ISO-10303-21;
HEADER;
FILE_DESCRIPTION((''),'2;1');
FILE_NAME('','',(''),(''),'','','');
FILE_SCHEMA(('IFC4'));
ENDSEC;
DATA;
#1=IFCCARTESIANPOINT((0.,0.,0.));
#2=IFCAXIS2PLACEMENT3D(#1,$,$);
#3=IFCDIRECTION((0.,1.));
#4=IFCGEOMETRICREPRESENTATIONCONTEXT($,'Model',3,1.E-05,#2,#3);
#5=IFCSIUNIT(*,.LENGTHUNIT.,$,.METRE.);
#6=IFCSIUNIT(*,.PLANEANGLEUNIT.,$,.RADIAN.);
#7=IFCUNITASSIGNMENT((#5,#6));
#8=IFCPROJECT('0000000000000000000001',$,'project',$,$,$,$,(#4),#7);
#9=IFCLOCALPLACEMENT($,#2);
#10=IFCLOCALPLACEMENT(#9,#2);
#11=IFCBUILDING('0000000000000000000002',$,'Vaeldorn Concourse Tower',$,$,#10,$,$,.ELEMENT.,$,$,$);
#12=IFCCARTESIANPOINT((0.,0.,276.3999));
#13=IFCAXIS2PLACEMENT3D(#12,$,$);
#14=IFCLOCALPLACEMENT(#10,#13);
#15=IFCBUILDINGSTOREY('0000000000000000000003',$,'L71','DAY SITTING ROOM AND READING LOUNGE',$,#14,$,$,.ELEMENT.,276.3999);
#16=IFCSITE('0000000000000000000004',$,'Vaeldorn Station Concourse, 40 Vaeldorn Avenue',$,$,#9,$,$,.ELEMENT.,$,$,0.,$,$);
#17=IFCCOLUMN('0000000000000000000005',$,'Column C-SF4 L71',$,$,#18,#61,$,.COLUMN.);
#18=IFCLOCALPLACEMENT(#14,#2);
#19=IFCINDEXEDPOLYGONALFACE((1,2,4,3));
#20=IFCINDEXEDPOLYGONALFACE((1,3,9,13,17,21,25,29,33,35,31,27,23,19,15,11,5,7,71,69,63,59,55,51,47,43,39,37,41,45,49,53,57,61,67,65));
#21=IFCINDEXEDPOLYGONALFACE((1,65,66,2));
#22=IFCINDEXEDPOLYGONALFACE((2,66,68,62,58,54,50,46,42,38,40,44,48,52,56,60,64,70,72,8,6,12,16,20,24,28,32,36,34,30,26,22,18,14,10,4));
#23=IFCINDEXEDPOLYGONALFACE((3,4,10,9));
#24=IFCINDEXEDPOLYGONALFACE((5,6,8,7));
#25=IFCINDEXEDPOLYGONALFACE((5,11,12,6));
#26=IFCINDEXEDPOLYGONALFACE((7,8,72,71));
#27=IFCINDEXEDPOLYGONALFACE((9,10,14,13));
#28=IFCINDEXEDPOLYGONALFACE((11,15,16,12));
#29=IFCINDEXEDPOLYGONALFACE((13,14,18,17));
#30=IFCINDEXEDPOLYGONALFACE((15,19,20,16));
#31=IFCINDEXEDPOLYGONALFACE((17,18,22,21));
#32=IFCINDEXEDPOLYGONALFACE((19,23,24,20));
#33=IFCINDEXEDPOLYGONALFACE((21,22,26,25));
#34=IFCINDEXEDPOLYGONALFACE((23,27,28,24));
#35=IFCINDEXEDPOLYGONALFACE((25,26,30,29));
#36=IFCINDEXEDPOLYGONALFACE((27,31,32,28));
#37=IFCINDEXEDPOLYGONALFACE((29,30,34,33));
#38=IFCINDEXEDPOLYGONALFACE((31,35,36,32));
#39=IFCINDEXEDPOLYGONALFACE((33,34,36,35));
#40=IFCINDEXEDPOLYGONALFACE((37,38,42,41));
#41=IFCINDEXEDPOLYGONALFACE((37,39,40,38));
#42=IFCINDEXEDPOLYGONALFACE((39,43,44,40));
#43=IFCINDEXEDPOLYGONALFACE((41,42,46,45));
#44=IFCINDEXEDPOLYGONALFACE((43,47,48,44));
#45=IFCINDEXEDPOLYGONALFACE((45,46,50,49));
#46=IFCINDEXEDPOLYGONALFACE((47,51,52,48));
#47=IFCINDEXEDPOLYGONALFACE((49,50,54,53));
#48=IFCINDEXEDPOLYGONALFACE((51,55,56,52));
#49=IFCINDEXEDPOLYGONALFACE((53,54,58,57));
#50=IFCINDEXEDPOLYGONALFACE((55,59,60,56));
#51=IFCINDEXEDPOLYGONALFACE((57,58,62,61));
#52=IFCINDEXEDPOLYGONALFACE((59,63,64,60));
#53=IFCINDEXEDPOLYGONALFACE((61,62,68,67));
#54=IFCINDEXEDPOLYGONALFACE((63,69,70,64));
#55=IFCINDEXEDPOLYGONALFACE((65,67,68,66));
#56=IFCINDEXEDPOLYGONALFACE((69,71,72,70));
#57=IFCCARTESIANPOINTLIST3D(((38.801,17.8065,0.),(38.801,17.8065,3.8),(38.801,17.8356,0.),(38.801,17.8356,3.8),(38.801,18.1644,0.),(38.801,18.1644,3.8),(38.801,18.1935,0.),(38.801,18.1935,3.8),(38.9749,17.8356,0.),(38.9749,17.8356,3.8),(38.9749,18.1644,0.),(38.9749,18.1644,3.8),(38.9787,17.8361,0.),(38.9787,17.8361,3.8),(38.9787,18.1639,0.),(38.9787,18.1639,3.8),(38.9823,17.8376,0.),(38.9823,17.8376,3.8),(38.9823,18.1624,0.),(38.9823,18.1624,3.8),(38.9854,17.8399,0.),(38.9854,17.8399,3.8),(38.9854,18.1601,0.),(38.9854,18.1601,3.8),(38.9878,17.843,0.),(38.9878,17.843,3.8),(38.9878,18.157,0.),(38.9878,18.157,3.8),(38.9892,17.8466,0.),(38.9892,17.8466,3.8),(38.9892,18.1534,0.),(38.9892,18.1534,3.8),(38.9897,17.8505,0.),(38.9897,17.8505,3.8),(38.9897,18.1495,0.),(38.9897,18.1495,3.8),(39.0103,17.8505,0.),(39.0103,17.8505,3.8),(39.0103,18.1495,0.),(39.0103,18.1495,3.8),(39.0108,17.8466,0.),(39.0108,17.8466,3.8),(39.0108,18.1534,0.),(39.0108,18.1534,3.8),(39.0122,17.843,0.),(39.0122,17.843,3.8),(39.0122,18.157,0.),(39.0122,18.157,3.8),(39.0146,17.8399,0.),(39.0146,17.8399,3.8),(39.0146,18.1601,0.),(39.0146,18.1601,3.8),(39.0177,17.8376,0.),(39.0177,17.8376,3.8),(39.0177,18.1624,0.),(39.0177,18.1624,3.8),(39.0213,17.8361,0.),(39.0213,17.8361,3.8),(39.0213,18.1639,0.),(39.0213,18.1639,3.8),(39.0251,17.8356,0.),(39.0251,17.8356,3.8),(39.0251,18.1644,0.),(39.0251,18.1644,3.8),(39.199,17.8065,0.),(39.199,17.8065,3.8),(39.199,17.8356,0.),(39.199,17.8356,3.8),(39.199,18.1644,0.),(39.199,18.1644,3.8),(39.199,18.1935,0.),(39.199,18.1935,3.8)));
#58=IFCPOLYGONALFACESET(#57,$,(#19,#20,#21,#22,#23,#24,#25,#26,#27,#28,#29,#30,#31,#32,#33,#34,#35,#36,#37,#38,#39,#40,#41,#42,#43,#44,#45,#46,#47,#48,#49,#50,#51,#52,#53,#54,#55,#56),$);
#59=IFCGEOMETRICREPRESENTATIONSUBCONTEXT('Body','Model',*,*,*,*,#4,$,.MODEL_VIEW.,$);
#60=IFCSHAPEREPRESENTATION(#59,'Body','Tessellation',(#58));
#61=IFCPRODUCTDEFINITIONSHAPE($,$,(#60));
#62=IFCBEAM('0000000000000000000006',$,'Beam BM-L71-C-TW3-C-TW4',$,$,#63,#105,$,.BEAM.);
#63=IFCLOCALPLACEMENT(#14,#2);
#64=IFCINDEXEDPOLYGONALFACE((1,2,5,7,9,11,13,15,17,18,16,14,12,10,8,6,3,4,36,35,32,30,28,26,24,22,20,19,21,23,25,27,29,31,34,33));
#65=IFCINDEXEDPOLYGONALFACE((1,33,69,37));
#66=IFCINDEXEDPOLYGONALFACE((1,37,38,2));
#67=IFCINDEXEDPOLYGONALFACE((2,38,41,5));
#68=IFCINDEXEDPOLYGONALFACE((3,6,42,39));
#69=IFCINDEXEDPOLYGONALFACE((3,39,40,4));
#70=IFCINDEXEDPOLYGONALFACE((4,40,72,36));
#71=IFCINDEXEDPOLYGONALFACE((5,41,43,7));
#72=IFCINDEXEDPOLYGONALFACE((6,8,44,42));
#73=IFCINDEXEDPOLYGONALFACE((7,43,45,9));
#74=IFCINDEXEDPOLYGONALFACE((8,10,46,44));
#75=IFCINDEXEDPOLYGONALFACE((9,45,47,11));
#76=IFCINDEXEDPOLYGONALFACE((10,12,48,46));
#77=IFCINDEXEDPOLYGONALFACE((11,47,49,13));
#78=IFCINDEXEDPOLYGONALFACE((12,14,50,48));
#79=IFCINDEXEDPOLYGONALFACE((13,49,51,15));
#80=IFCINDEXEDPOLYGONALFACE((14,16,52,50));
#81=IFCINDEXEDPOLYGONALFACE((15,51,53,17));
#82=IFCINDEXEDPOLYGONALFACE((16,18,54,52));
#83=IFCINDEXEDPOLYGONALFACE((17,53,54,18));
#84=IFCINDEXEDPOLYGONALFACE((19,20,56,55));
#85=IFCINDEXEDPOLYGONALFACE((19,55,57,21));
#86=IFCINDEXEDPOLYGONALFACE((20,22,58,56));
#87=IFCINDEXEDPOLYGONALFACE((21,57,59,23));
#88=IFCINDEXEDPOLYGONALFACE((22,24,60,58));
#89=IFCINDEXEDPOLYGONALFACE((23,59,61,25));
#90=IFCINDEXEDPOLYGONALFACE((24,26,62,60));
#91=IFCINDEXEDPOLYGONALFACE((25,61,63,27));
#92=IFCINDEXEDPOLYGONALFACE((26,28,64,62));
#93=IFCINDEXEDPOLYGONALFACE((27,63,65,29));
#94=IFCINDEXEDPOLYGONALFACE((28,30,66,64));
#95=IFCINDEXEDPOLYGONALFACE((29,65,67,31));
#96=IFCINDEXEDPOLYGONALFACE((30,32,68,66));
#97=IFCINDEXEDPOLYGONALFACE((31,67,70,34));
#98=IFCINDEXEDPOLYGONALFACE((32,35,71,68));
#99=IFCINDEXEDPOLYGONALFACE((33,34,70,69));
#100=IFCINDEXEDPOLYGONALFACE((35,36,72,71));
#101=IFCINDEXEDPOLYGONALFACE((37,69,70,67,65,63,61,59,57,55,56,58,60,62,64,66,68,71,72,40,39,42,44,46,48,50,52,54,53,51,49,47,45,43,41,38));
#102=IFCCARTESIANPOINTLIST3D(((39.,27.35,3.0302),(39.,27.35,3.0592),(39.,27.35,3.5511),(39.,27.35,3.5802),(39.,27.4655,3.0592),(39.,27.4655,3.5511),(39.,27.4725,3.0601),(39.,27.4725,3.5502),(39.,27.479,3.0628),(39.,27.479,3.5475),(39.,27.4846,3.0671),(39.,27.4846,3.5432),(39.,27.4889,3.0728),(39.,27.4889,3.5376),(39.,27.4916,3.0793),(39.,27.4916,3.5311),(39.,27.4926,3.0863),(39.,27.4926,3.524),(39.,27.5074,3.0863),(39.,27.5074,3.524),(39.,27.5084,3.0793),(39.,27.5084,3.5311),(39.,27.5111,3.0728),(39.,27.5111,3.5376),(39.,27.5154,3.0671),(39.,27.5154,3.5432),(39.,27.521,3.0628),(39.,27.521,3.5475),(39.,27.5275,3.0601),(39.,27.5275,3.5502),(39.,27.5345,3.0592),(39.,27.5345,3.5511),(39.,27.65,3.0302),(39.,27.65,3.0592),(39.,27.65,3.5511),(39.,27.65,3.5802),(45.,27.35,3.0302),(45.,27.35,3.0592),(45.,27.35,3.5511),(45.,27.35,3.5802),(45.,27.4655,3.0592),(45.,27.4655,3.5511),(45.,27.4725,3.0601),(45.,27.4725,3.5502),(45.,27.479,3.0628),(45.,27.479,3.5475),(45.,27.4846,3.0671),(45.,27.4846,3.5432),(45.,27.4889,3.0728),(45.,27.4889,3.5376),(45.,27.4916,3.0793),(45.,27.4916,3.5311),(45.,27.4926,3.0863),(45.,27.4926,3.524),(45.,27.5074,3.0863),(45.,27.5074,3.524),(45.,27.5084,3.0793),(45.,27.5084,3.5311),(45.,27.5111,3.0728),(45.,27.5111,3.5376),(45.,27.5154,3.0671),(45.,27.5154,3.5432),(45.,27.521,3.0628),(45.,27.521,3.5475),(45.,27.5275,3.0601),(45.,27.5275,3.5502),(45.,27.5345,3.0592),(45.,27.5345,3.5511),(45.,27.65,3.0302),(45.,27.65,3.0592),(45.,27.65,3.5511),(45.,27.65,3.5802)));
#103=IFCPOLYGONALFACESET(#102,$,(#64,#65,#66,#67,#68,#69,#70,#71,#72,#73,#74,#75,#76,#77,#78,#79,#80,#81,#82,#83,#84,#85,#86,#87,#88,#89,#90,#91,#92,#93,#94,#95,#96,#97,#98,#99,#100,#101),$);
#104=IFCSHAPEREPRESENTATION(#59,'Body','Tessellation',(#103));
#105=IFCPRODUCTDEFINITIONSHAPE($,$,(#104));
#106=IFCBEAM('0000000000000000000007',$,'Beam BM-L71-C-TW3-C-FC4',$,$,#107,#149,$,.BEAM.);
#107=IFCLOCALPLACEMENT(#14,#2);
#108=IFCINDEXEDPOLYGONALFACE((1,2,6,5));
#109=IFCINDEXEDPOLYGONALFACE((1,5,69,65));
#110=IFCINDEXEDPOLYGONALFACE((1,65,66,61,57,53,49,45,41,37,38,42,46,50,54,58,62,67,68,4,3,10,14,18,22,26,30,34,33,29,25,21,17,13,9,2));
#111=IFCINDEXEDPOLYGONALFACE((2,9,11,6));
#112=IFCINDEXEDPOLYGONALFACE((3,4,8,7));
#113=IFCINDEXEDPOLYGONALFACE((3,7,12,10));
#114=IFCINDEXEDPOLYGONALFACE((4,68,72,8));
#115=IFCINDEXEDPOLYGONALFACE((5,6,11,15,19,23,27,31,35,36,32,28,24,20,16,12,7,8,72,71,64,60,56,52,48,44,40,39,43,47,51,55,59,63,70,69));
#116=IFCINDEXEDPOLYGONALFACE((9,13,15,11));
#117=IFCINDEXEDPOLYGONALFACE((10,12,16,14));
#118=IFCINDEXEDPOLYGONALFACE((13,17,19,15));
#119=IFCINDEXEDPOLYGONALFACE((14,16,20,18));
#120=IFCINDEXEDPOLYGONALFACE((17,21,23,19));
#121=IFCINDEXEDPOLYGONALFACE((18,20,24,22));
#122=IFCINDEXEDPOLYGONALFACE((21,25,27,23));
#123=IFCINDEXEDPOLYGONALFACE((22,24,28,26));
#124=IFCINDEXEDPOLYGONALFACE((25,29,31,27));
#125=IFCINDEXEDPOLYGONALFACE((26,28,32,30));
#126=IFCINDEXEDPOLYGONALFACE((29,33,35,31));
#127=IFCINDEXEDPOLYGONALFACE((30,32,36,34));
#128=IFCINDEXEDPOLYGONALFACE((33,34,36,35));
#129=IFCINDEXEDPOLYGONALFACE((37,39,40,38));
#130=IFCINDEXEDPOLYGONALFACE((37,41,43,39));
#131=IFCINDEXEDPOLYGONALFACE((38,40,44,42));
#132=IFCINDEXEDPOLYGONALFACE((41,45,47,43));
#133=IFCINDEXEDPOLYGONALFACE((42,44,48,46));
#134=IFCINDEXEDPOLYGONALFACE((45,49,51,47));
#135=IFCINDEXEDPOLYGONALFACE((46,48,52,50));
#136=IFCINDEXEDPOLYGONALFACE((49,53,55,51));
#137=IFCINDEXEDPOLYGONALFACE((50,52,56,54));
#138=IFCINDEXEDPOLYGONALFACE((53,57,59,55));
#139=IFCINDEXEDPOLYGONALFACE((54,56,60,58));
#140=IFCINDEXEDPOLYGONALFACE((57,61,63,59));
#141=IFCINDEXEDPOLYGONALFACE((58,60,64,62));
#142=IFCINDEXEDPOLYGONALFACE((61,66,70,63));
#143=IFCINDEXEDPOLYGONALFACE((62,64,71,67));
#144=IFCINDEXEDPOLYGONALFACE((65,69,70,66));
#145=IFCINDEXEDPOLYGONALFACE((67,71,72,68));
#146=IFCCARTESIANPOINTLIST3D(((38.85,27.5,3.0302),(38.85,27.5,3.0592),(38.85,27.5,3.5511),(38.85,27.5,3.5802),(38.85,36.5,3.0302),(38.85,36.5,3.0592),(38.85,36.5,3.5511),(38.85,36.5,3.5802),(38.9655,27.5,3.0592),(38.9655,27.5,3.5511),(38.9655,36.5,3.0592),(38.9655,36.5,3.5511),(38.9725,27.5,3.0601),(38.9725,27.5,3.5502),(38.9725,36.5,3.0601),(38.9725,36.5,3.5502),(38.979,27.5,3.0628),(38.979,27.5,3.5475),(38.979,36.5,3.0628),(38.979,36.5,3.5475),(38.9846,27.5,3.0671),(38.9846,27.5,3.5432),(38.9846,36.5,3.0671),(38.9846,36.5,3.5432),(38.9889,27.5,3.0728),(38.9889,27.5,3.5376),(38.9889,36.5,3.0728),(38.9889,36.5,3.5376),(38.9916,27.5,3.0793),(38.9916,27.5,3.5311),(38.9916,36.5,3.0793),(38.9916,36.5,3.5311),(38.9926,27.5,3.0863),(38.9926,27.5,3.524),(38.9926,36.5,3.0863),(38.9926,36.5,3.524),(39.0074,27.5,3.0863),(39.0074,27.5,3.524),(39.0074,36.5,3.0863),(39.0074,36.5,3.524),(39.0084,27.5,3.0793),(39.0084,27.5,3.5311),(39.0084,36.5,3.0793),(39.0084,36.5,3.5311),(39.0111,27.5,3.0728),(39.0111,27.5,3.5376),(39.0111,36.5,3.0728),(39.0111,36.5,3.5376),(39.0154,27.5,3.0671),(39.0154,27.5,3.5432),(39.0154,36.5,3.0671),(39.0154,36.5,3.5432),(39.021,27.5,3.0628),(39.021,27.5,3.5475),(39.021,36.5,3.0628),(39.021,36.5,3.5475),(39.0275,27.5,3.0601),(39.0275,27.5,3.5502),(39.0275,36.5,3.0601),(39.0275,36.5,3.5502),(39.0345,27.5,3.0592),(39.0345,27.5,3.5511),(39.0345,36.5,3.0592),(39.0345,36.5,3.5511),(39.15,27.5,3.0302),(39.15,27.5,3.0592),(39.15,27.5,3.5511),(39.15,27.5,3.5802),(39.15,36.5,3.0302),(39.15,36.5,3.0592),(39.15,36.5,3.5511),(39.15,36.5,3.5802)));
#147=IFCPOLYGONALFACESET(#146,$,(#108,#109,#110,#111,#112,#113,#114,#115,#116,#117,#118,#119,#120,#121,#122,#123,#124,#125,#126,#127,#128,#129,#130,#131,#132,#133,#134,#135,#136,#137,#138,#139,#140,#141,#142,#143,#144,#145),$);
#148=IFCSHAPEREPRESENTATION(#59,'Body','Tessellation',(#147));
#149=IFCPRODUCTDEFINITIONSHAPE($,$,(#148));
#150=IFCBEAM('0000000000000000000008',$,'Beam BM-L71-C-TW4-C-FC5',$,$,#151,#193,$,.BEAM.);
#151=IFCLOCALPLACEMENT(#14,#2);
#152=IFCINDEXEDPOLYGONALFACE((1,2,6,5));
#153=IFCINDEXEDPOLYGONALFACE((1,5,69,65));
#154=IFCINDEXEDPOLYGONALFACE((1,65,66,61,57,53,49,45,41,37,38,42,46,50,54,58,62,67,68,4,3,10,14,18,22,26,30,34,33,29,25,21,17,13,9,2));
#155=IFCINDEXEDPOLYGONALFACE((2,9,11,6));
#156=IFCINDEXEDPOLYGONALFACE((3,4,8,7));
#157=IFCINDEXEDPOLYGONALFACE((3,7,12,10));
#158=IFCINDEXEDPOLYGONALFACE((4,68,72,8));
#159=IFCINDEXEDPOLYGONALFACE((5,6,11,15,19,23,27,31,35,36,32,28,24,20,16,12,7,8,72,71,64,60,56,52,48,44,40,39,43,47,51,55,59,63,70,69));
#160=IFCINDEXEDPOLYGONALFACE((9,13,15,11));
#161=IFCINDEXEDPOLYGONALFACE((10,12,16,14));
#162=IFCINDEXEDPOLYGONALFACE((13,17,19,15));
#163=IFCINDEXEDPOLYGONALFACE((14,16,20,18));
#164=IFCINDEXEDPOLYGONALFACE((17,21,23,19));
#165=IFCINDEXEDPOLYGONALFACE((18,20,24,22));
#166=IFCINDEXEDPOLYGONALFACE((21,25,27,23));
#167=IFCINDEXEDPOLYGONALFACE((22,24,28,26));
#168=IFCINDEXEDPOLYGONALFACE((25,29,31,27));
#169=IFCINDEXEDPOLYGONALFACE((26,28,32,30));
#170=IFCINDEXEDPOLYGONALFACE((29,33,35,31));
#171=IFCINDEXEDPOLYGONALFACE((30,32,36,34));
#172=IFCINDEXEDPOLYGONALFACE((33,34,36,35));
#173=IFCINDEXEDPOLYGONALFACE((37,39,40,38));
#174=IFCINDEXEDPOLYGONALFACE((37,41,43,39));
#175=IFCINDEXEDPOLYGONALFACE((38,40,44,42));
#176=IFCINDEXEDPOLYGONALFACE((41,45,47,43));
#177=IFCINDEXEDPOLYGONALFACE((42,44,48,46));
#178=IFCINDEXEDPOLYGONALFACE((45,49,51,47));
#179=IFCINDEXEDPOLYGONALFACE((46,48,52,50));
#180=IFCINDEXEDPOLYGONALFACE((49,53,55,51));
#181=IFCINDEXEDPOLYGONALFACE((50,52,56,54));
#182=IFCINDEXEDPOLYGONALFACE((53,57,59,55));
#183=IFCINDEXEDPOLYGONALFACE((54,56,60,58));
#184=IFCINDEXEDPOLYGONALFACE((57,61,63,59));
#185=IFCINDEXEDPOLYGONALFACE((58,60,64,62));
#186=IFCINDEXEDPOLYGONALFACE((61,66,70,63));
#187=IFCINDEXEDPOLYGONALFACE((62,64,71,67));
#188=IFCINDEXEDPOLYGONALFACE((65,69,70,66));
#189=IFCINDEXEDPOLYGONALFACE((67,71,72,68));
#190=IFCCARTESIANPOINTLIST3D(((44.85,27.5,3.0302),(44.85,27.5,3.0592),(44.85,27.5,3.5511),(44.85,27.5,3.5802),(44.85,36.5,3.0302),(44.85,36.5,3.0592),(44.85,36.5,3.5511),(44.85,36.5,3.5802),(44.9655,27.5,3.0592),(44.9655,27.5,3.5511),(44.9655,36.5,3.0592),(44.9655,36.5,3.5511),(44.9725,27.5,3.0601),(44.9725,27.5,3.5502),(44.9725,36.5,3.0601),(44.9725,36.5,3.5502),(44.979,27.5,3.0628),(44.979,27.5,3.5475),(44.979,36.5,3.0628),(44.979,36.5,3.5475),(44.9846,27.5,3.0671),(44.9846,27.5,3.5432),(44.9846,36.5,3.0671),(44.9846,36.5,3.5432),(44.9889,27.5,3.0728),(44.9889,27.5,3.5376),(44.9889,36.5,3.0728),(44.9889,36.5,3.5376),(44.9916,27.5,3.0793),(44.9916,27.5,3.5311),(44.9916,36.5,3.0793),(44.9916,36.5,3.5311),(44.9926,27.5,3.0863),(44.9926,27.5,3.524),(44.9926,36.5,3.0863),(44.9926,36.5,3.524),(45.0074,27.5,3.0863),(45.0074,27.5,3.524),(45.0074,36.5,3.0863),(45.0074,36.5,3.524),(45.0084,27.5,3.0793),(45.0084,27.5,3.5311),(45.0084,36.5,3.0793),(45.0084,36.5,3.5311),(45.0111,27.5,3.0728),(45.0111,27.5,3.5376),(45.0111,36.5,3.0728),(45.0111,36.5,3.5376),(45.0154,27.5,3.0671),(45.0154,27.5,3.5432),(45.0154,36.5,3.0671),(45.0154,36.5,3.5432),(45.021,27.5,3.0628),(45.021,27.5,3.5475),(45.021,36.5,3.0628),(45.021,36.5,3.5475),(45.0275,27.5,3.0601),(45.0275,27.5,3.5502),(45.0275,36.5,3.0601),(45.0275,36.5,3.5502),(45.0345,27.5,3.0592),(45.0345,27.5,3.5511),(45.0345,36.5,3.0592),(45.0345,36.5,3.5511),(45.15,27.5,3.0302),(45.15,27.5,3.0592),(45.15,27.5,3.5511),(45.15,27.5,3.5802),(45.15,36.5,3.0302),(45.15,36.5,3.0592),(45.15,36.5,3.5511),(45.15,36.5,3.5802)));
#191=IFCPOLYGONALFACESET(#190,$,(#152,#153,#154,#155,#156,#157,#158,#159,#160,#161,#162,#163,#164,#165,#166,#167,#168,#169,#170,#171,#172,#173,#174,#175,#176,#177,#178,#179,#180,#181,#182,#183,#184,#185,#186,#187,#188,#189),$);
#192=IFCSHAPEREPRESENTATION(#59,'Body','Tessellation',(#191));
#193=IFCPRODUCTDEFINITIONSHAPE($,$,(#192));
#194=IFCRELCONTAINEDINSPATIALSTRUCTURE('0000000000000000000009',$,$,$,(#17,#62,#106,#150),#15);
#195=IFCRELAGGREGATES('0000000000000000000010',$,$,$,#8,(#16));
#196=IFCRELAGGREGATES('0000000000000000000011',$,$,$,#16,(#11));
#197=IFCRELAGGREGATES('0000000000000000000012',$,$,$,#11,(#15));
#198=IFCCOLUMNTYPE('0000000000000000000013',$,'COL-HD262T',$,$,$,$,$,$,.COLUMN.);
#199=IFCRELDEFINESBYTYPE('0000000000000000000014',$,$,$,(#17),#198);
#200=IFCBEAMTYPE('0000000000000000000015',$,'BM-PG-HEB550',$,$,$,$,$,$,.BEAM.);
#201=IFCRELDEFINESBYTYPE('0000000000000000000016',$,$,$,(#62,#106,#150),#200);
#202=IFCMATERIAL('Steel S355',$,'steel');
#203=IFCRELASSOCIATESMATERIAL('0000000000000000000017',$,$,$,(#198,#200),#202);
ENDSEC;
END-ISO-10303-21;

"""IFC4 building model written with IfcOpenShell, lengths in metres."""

from ifc_helpers import new_model, si_unit, direction, frame, origin, origin_2d, place, context, subcontext, project, spatial, i_section, extrude, source, transform, mapped, material, material_profile, profile_set, type_object, element, save


model = new_model("IFC4")

# Units and contexts
model_context = context("Model", 3, precision=1e-05, world=origin(), true_north=direction((0.0, 1.0)))
body_context = subcontext(model_context, "Body", "Model", "MODEL_VIEW")
ifc_project = project(units=[si_unit("LENGTHUNIT", "METRE"), si_unit("PLANEANGLEUNIT", "RADIAN")], contexts=[model_context])

# Site, building, storey
site_placement = place(None, origin())
site = spatial("IfcSite", under=ifc_project, at=site_placement, Name="Vaeldorn Station Concourse, 40 Vaeldorn Avenue", CompositionType="ELEMENT", RefElevation=0.0)
building_placement = place(site_placement, origin())
building = spatial("IfcBuilding", under=site, at=building_placement, Name="Vaeldorn Concourse Tower", CompositionType="ELEMENT")
storey_placement = place(building_placement, frame((0.0, 0.0, 276.3999)))
storey = spatial("IfcBuildingStorey", under=building, at=storey_placement, Name="L71", Description="DAY SITTING ROOM AND READING LOUNGE", CompositionType="ELEMENT", Elevation=276.3999)

# Column
ifc_material_1 = material(Name="Steel S355", Category="steel")
ifc_material_profile_1 = material_profile(ifc_material_1, i_section(OverallWidth=0.3979, OverallDepth=0.387, WebThickness=0.0205, FlangeThickness=0.0291, FilletRadius=0.0149, at=origin_2d()), Name="HD 400x262")
ifc_profile_set_1 = profile_set([ifc_material_profile_1], Name="Steel S355")
column_type_1 = type_object("IfcColumnType", Name="COL-HD262T", PredefinedType="COLUMN", material=ifc_profile_set_1)
shared_shape_1 = source(origin(), body_context, "Body", "SweptSolid", [
    extrude(i_section(OverallWidth=0.3979, OverallDepth=0.387, WebThickness=0.0205, FlangeThickness=0.0291, FilletRadius=0.0149, at=origin_2d()), origin(), (0.0, 0.0, 1.0), 3.8),
])
for number, where, z_axis, x_axis, name in (
    (1, (39.0, 18.0, 0.0), (0.0, 0.0, 1.0), (1.0, 0.0, 0.0), "Column C-SF4 L71"),
):
    element("IfcColumn", number, at=place(storey_placement, frame(where, z_axis=z_axis, x_axis=x_axis)), inside=storey, type_object=column_type_1, Name=name, PredefinedType="COLUMN", context=body_context, shape_type="MappedRepresentation", body=[
        mapped(shared_shape_1, transform((0.0, 0.0, 0.0), scale=1.0)),
    ])

# Beams
ifc_material_profile_2 = material_profile(ifc_material_1, i_section(OverallWidth=0.3, OverallDepth=0.55, WebThickness=0.0149, FlangeThickness=0.0291, FilletRadius=0.0271, at=origin_2d()), Name="HEB 550")
ifc_profile_set_2 = profile_set([ifc_material_profile_2], Name="Steel S355")
beam_type_1 = type_object("IfcBeamType", Name="BM-PG-HEB550", PredefinedType="BEAM", material=ifc_profile_set_2)
shared_shape_2 = source(origin(), body_context, "Body", "SweptSolid", [
    extrude(i_section(OverallWidth=0.3, OverallDepth=0.55, WebThickness=0.0149, FlangeThickness=0.0291, FilletRadius=0.0271, at=origin_2d()), origin(), (0.0, 0.0, 1.0), 6.0),
])
beam_1_placement = place(storey_placement, frame((39.0, 27.5, 3.3052), z_axis=(1.0, 0.0, 0.0), x_axis=(0.0, 1.0, 0.0)))
element("IfcBeam", 2, at=beam_1_placement, inside=storey, type_object=beam_type_1, Name="Beam BM-L71-C-TW3-C-TW4", PredefinedType="BEAM", context=body_context, shape_type="MappedRepresentation", body=[
    mapped(shared_shape_2, transform((0.0, 0.0, 0.0), scale=1.0)),
])
shared_shape_3 = source(origin(), body_context, "Body", "SweptSolid", [
    extrude(i_section(OverallWidth=0.3, OverallDepth=0.55, WebThickness=0.0149, FlangeThickness=0.0291, FilletRadius=0.0271, at=origin_2d()), origin(), (0.0, 0.0, 1.0), 9.0),
])
for number, where, z_axis, x_axis, name in (
    (3, (39.0, 27.5, 3.3052), (0.0, 1.0, 0.0), (-1.0, 0.0, 0.0), "Beam BM-L71-C-TW3-C-FC4"),
    (4, (45.0, 27.5, 3.3052), (0.0, 1.0, 0.0), (-1.0, 0.0, 0.0), "Beam BM-L71-C-TW4-C-FC5"),
):
    element("IfcBeam", number, at=place(storey_placement, frame(where, z_axis=z_axis, x_axis=x_axis)), inside=storey, type_object=beam_type_1, Name=name, PredefinedType="BEAM", context=body_context, shape_type="MappedRepresentation", body=[
        mapped(shared_shape_3, transform((0.0, 0.0, 0.0), scale=1.0)),
    ])

save(model, "model.ifc")
